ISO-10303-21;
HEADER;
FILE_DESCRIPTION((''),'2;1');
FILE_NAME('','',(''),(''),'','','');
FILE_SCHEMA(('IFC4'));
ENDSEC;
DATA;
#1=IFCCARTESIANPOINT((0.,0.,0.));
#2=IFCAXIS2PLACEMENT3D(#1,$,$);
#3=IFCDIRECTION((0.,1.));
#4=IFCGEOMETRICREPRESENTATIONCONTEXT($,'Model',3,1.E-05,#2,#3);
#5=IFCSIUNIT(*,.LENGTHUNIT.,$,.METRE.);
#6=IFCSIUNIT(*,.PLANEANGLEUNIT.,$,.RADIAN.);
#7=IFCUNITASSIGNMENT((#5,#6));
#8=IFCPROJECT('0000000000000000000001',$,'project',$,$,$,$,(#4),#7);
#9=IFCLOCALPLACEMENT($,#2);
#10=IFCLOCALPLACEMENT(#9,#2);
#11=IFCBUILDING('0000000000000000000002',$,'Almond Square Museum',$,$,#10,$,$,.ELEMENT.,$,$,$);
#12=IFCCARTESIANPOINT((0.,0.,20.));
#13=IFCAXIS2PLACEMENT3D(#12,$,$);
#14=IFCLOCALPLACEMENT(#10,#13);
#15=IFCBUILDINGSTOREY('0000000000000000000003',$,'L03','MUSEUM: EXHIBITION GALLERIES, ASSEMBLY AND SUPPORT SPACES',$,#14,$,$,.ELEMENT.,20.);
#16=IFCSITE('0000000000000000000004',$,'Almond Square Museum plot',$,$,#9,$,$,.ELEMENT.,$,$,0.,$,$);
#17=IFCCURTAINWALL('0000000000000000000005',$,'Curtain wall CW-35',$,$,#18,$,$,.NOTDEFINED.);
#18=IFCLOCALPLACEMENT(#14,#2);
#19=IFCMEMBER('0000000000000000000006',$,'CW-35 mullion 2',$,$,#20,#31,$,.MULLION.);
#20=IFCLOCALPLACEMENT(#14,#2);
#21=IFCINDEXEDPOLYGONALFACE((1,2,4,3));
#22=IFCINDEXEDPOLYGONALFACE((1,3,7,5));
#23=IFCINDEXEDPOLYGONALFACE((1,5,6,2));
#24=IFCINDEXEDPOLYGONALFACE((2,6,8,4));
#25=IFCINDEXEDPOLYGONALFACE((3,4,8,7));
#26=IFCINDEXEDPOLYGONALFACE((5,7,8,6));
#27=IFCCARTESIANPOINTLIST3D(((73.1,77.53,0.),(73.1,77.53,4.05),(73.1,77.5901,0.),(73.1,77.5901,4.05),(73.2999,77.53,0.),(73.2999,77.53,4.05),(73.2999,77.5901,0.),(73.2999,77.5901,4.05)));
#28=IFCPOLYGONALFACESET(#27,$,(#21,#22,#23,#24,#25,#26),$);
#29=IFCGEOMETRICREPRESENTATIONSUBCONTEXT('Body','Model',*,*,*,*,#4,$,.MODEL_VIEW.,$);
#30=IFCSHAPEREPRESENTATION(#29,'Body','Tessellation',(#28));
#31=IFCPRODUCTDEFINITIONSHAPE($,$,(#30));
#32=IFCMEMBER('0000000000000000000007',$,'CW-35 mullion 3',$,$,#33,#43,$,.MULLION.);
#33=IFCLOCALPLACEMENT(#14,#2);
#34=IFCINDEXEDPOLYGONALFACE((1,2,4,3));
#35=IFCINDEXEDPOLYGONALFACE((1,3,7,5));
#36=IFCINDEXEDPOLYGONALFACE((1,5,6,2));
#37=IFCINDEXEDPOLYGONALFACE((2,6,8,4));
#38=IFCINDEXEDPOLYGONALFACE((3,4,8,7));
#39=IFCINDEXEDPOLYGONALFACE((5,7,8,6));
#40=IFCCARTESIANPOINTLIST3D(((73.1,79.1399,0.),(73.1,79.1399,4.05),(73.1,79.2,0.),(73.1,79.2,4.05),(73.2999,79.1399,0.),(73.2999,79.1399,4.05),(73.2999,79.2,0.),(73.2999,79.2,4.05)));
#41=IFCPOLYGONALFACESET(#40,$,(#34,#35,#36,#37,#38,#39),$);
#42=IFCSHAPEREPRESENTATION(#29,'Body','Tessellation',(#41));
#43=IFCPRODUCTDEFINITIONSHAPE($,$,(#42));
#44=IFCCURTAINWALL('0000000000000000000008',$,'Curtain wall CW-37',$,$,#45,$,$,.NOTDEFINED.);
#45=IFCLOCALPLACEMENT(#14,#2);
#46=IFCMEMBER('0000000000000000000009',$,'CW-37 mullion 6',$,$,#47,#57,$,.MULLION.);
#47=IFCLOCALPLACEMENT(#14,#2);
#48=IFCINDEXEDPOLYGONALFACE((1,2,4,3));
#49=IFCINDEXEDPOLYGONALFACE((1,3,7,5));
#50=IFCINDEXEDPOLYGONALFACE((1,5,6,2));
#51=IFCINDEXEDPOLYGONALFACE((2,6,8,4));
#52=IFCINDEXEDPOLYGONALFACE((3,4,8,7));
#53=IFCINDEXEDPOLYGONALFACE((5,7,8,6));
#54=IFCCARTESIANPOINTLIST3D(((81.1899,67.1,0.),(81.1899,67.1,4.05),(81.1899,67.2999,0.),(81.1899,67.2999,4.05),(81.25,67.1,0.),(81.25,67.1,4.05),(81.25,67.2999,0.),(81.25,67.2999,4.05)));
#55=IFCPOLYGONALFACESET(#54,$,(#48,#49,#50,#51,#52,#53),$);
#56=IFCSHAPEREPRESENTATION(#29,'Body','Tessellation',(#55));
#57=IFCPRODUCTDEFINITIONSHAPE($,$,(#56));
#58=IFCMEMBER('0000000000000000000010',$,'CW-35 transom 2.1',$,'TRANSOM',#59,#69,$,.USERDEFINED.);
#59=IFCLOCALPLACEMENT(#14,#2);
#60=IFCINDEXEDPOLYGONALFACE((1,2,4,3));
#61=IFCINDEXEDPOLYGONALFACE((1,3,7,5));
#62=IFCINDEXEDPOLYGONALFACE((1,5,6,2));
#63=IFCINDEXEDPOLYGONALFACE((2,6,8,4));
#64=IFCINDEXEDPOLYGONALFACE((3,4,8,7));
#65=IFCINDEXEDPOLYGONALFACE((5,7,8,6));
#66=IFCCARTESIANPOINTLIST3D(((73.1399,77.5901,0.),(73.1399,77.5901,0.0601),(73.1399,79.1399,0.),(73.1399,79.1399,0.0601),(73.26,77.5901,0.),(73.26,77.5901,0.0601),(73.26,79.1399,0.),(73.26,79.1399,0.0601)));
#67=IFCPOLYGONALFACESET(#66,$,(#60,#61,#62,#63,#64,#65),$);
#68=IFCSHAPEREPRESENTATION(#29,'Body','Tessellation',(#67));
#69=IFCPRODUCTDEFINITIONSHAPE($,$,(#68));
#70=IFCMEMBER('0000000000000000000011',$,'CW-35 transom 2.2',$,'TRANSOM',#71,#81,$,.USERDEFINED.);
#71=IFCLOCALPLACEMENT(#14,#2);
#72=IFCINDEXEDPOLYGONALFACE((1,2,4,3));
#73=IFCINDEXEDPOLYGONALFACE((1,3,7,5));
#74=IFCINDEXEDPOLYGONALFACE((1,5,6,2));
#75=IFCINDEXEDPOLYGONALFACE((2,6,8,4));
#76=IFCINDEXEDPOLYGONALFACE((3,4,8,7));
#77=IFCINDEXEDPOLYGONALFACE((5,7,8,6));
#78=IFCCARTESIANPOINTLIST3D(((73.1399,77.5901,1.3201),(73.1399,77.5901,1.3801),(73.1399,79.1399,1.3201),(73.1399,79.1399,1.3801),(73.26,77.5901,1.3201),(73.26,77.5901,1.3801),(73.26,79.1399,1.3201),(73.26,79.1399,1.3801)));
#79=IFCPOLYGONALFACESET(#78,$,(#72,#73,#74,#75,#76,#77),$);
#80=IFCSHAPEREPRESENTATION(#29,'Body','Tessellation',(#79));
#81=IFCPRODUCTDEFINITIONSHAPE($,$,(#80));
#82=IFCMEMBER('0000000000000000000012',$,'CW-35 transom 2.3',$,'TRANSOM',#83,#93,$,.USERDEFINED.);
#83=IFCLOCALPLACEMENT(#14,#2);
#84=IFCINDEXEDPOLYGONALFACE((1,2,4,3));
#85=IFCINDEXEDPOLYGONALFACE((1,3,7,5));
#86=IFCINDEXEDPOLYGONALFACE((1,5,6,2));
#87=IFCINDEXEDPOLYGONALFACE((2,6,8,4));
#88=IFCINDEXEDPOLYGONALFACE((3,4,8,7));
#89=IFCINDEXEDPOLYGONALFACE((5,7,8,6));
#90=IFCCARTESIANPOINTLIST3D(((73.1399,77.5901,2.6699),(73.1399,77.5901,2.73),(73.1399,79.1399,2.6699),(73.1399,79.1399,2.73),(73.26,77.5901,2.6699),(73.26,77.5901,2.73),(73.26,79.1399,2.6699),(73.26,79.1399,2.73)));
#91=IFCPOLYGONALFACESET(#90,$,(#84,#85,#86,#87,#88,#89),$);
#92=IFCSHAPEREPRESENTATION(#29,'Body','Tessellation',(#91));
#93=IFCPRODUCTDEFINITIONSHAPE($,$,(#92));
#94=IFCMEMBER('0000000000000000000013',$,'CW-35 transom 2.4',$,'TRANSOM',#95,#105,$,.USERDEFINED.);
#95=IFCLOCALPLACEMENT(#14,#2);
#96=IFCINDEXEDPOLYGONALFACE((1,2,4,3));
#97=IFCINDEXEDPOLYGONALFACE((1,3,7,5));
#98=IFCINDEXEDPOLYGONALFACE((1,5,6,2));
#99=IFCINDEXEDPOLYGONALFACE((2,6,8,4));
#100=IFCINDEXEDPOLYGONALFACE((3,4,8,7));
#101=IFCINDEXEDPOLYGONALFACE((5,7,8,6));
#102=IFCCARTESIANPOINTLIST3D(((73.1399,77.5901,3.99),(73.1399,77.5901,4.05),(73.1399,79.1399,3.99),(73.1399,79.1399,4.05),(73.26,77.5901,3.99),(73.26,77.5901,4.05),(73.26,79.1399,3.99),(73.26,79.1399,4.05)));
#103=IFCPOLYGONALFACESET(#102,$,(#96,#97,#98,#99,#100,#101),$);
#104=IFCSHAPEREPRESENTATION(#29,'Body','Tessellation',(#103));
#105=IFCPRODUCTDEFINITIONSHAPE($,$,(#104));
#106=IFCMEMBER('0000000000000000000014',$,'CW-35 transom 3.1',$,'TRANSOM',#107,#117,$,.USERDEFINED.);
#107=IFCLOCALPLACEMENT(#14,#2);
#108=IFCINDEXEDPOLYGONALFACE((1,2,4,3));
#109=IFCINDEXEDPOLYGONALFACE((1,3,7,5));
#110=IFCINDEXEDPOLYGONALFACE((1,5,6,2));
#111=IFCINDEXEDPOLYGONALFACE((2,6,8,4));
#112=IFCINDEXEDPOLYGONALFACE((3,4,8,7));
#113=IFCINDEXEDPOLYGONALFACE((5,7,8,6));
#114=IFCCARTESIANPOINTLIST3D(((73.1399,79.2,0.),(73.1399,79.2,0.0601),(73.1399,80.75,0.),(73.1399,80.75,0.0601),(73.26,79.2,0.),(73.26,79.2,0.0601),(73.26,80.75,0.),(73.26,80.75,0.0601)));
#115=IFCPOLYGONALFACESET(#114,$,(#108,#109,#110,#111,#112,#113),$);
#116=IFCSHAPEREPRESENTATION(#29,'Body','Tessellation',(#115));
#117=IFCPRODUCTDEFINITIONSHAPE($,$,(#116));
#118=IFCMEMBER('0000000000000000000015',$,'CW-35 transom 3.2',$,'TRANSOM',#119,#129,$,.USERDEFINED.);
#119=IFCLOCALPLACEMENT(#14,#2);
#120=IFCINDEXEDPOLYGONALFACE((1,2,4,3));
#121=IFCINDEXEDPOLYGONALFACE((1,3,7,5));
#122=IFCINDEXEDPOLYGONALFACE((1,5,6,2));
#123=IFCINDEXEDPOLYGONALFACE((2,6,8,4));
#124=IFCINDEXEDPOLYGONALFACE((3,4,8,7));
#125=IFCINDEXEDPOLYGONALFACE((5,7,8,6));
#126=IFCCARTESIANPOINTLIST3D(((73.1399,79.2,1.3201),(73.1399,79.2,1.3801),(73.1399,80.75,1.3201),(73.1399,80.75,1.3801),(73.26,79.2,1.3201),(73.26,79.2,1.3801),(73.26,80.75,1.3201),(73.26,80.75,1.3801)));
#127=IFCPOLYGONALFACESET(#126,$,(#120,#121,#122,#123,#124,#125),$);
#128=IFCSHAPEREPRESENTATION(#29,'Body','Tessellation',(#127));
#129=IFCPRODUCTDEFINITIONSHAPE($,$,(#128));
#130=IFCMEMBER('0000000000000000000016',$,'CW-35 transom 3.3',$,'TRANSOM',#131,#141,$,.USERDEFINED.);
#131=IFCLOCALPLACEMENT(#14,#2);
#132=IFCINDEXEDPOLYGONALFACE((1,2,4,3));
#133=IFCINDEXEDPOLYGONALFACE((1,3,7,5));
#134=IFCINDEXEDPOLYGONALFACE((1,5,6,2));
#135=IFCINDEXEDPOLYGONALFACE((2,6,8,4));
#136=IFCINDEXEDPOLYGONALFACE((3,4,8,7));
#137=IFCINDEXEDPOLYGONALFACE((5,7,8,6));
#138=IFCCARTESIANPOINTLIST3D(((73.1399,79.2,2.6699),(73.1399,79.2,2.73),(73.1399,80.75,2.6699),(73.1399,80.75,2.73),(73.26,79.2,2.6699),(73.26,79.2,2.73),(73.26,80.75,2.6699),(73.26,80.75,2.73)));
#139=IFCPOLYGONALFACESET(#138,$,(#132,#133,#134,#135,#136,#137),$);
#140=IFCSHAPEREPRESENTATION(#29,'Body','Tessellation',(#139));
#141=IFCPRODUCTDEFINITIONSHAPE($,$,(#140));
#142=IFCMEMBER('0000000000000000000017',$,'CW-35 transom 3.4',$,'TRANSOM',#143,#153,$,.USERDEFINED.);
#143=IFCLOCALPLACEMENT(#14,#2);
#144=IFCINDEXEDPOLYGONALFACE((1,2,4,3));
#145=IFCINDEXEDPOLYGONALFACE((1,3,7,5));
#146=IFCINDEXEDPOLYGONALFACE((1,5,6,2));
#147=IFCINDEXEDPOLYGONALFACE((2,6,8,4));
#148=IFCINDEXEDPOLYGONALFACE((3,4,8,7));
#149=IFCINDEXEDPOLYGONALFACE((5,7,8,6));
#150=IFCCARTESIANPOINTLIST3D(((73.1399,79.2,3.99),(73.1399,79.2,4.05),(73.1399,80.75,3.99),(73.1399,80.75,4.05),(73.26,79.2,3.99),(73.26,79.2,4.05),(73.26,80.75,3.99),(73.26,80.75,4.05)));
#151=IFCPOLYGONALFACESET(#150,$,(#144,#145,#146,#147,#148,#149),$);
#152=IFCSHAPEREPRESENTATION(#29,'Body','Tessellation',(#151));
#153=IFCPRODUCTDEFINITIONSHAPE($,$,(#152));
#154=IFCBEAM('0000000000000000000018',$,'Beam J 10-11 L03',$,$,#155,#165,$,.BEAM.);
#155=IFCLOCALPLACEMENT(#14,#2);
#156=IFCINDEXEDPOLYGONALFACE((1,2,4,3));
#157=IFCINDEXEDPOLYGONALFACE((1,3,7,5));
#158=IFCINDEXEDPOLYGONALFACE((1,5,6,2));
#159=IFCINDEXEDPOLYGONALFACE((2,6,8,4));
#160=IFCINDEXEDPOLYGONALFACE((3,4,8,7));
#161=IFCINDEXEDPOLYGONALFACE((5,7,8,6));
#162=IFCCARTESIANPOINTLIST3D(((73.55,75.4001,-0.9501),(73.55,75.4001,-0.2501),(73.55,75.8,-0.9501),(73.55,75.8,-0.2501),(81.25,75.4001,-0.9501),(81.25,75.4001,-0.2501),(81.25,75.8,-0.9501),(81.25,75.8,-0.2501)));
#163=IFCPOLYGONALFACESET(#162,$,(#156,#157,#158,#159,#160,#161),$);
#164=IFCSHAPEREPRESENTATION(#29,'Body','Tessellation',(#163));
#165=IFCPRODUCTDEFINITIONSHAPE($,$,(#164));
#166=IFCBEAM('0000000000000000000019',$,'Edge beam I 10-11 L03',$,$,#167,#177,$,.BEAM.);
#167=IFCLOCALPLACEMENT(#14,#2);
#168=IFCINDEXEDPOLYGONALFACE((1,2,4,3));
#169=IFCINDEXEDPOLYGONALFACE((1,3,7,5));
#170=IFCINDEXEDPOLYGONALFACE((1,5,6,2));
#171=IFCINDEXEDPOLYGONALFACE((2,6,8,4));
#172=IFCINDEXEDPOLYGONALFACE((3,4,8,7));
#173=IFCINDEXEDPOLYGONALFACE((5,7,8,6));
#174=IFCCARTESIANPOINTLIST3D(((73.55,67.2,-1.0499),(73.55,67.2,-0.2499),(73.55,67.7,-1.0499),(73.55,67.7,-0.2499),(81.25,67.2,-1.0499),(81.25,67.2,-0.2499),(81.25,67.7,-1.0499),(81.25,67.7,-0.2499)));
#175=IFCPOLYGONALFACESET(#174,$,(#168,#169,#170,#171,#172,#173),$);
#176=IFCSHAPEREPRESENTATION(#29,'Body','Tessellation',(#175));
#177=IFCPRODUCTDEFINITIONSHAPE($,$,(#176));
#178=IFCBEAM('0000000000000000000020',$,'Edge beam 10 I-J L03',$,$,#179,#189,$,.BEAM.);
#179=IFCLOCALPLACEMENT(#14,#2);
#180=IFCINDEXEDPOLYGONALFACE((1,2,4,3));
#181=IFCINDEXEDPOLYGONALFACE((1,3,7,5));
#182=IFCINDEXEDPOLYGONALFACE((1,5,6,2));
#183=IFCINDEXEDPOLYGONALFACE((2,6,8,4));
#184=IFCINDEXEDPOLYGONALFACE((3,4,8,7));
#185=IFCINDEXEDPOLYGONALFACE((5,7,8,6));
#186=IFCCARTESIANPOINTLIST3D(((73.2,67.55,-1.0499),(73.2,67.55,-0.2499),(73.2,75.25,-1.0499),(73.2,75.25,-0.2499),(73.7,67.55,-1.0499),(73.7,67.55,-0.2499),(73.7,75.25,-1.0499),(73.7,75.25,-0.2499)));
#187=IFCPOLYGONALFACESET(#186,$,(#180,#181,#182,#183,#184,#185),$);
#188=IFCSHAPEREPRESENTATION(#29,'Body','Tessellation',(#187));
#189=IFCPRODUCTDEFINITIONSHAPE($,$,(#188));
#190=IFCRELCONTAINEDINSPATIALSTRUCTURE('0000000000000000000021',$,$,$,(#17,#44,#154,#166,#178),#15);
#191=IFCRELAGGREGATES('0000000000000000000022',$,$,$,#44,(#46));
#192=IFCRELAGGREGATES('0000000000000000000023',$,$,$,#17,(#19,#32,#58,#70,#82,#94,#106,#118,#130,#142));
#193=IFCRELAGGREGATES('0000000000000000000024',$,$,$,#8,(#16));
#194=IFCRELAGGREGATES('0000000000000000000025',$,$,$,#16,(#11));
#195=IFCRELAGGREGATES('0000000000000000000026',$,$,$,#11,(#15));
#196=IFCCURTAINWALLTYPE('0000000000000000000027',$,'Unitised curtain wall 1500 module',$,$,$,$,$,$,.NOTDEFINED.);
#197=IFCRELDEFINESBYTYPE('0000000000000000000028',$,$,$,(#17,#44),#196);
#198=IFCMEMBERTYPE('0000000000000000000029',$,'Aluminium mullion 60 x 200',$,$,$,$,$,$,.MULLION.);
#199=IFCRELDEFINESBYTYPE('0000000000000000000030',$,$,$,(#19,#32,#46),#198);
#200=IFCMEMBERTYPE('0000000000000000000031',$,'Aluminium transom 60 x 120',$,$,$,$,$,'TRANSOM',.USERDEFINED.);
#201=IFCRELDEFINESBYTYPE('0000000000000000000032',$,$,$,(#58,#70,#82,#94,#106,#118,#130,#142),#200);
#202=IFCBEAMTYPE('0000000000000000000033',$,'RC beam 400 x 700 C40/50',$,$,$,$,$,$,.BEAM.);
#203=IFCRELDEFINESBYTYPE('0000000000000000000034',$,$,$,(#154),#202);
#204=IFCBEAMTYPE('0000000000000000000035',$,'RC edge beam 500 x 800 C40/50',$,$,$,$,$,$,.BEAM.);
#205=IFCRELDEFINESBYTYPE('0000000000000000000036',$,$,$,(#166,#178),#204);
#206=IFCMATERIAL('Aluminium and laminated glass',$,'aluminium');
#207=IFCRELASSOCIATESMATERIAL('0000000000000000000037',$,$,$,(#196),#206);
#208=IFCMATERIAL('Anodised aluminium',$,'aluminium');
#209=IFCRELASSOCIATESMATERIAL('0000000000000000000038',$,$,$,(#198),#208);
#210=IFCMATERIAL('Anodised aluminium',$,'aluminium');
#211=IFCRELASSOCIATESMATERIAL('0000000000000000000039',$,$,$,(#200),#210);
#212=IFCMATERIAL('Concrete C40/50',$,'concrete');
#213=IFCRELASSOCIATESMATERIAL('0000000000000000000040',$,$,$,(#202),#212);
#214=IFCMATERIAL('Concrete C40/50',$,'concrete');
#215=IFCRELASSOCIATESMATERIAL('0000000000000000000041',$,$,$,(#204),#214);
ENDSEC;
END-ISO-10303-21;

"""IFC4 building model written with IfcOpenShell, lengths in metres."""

from ifc_helpers import new_model, si_unit, direction, frame, origin, origin_2d, place, context, subcontext, project, spatial, rectangle, extrude, material, material_profile, profile_set, type_object, element, aggregate, save


model = new_model("IFC4")

# Units and contexts
model_context = context("Model", 3, precision=1e-05, world=origin(), true_north=direction((0.0, 1.0)))
body_context = subcontext(model_context, "Body", "Model", "MODEL_VIEW")
ifc_project = project(units=[si_unit("LENGTHUNIT", "METRE"), si_unit("PLANEANGLEUNIT", "RADIAN")], contexts=[model_context])

# Site, building, storey
site_placement = place(None, origin())
site = spatial("IfcSite", under=ifc_project, at=site_placement, Name="Almond Square Museum plot", CompositionType="ELEMENT", RefElevation=0.0)
building_placement = place(site_placement, origin())
building = spatial("IfcBuilding", under=site, at=building_placement, Name="Almond Square Museum", CompositionType="ELEMENT")
storey_placement = place(building_placement, frame((0.0, 0.0, 20.0)))
storey = spatial("IfcBuildingStorey", under=building, at=storey_placement, Name="L03", Description="MUSEUM: EXHIBITION GALLERIES, ASSEMBLY AND SUPPORT SPACES", CompositionType="ELEMENT", Elevation=20.0)

# Curtain wall, members
ifc_material_1 = material(Name="Aluminium and laminated glass", Category="aluminium")
curtain_wall_type = type_object("IfcCurtainWallType", Name="Unitised curtain wall 1500 module", PredefinedType="NOTDEFINED", material=ifc_material_1)
curtain_wall_1_placement = place(storey_placement, origin())
curtain_wall_1 = element("IfcCurtainWall", 1, at=curtain_wall_1_placement, inside=storey, type_object=curtain_wall_type, Name="Curtain wall CW-35", PredefinedType="NOTDEFINED")
ifc_material_2 = material(Name="Anodised aluminium", Category="aluminium")
ifc_material_profile_1 = material_profile(ifc_material_2, rectangle(XDim=0.2, YDim=0.0601, at=origin_2d()))
ifc_profile_set_1 = profile_set([ifc_material_profile_1], Name="Anodised aluminium")
member_type_1 = type_object("IfcMemberType", Name="Aluminium mullion 60 x 200", PredefinedType="MULLION", material=ifc_profile_set_1)
member_1_placement = place(storey_placement, frame((73.2, 77.5601, 0.0), z_axis=(0.0, 0.0, 1.0), x_axis=(-1.0, 0.0, 0.0)))
member_1 = element("IfcMember", 2, at=member_1_placement, type_object=member_type_1, Name="CW-35 mullion 2", PredefinedType="MULLION", context=body_context, shape_type="SweptSolid", body=[
    extrude(rectangle(XDim=0.2, YDim=0.0601, at=origin_2d()), origin(), (0.0, 0.0, 1.0), 4.05),
])
member_2_placement = place(storey_placement, frame((73.2, 79.1699, 0.0), z_axis=(0.0, 0.0, 1.0), x_axis=(-1.0, 0.0, 0.0)))
member_2 = element("IfcMember", 3, at=member_2_placement, type_object=member_type_1, Name="CW-35 mullion 3", PredefinedType="MULLION", context=body_context, shape_type="SweptSolid", body=[
    extrude(rectangle(XDim=0.2, YDim=0.0601, at=origin_2d()), origin(), (0.0, 0.0, 1.0), 4.05),
])

# Curtain wall, member
curtain_wall_2_placement = place(storey_placement, origin())
curtain_wall_2 = element("IfcCurtainWall", 4, at=curtain_wall_2_placement, inside=storey, type_object=curtain_wall_type, Name="Curtain wall CW-37", PredefinedType="NOTDEFINED")
member_3_placement = place(storey_placement, frame((81.22, 67.2, 0.0), z_axis=(0.0, 0.0, 1.0), x_axis=(0.0, 1.0, 0.0)))
member_3 = element("IfcMember", 5, at=member_3_placement, type_object=member_type_1, Name="CW-37 mullion 6", PredefinedType="MULLION", context=body_context, shape_type="SweptSolid", body=[
    extrude(rectangle(XDim=0.2, YDim=0.0601, at=origin_2d()), origin(), (0.0, 0.0, 1.0), 4.05),
])
aggregate(curtain_wall_2, [member_3])

# Members
ifc_material_3 = material(Name="Anodised aluminium", Category="aluminium")
ifc_material_profile_2 = material_profile(ifc_material_3, rectangle(XDim=0.1201, YDim=0.0601, at=origin_2d()))
ifc_profile_set_2 = profile_set([ifc_material_profile_2], Name="Anodised aluminium")
member_type_2 = type_object("IfcMemberType", Name="Aluminium transom 60 x 120", ElementType="TRANSOM", PredefinedType="USERDEFINED", material=ifc_profile_set_2)
member_4_placement = place(storey_placement, frame((73.2, 77.5901, 0.03), z_axis=(0.0, 1.0, 0.0), x_axis=(-1.0, 0.0, 0.0)))
member_4 = element("IfcMember", 6, at=member_4_placement, type_object=member_type_2, Name="CW-35 transom 2.1", ObjectType="TRANSOM", PredefinedType="USERDEFINED", context=body_context, shape_type="SweptSolid", body=[
    extrude(rectangle(XDim=0.1201, YDim=0.0601, at=origin_2d()), origin(), (0.0, 0.0, 1.0), 1.5498),
])
member_5_placement = place(storey_placement, frame((73.2, 77.5901, 1.3501), z_axis=(0.0, 1.0, 0.0), x_axis=(-1.0, 0.0, 0.0)))
member_5 = element("IfcMember", 7, at=member_5_placement, type_object=member_type_2, Name="CW-35 transom 2.2", ObjectType="TRANSOM", PredefinedType="USERDEFINED", context=body_context, shape_type="SweptSolid", body=[
    extrude(rectangle(XDim=0.1201, YDim=0.0601, at=origin_2d()), origin(), (0.0, 0.0, 1.0), 1.5498),
])
member_6_placement = place(storey_placement, frame((73.2, 77.5901, 2.7), z_axis=(0.0, 1.0, 0.0), x_axis=(-1.0, 0.0, 0.0)))
member_6 = element("IfcMember", 8, at=member_6_placement, type_object=member_type_2, Name="CW-35 transom 2.3", ObjectType="TRANSOM", PredefinedType="USERDEFINED", context=body_context, shape_type="SweptSolid", body=[
    extrude(rectangle(XDim=0.1201, YDim=0.0601, at=origin_2d()), origin(), (0.0, 0.0, 1.0), 1.5498),
])
member_7_placement = place(storey_placement, frame((73.2, 77.5901, 4.02), z_axis=(0.0, 1.0, 0.0), x_axis=(-1.0, 0.0, 0.0)))
member_7 = element("IfcMember", 9, at=member_7_placement, type_object=member_type_2, Name="CW-35 transom 2.4", ObjectType="TRANSOM", PredefinedType="USERDEFINED", context=body_context, shape_type="SweptSolid", body=[
    extrude(rectangle(XDim=0.1201, YDim=0.0601, at=origin_2d()), origin(), (0.0, 0.0, 1.0), 1.5498),
])
member_8_placement = place(storey_placement, frame((73.2, 79.2, 0.03), z_axis=(0.0, 1.0, 0.0), x_axis=(-1.0, 0.0, 0.0)))
member_8 = element("IfcMember", 10, at=member_8_placement, type_object=member_type_2, Name="CW-35 transom 3.1", ObjectType="TRANSOM", PredefinedType="USERDEFINED", context=body_context, shape_type="SweptSolid", body=[
    extrude(rectangle(XDim=0.1201, YDim=0.0601, at=origin_2d()), origin(), (0.0, 0.0, 1.0), 1.55),
])
member_9_placement = place(storey_placement, frame((73.2, 79.2, 1.3501), z_axis=(0.0, 1.0, 0.0), x_axis=(-1.0, 0.0, 0.0)))
member_9 = element("IfcMember", 11, at=member_9_placement, type_object=member_type_2, Name="CW-35 transom 3.2", ObjectType="TRANSOM", PredefinedType="USERDEFINED", context=body_context, shape_type="SweptSolid", body=[
    extrude(rectangle(XDim=0.1201, YDim=0.0601, at=origin_2d()), origin(), (0.0, 0.0, 1.0), 1.55),
])
member_10_placement = place(storey_placement, frame((73.2, 79.2, 2.7), z_axis=(0.0, 1.0, 0.0), x_axis=(-1.0, 0.0, 0.0)))
member_10 = element("IfcMember", 12, at=member_10_placement, type_object=member_type_2, Name="CW-35 transom 3.3", ObjectType="TRANSOM", PredefinedType="USERDEFINED", context=body_context, shape_type="SweptSolid", body=[
    extrude(rectangle(XDim=0.1201, YDim=0.0601, at=origin_2d()), origin(), (0.0, 0.0, 1.0), 1.55),
])
member_11_placement = place(storey_placement, frame((73.2, 79.2, 4.02), z_axis=(0.0, 1.0, 0.0), x_axis=(-1.0, 0.0, 0.0)))
member_11 = element("IfcMember", 13, at=member_11_placement, type_object=member_type_2, Name="CW-35 transom 3.4", ObjectType="TRANSOM", PredefinedType="USERDEFINED", context=body_context, shape_type="SweptSolid", body=[
    extrude(rectangle(XDim=0.1201, YDim=0.0601, at=origin_2d()), origin(), (0.0, 0.0, 1.0), 1.55),
])

# Beams
ifc_material_4 = material(Name="Concrete C40/50", Category="concrete")
ifc_material_profile_3 = material_profile(ifc_material_4, rectangle(XDim=0.3999, YDim=0.7, at=origin_2d()))
ifc_profile_set_3 = profile_set([ifc_material_profile_3], Name="Concrete C40/50")
beam_type_1 = type_object("IfcBeamType", Name="RC beam 400 x 700 C40/50", PredefinedType="BEAM", material=ifc_profile_set_3)
beam_1_placement = place(storey_placement, frame((73.55, 75.6001, -0.6001), z_axis=(1.0, 0.0, 0.0), x_axis=(0.0, 1.0, 0.0)))
element("IfcBeam", 14, at=beam_1_placement, inside=storey, type_object=beam_type_1, Name="Beam J 10-11 L03", PredefinedType="BEAM", context=body_context, shape_type="SweptSolid", body=[
    extrude(rectangle(XDim=0.3999, YDim=0.7, at=origin_2d()), origin(), (0.0, 0.0, 1.0), 7.7),
])
ifc_material_5 = material(Name="Concrete C40/50", Category="concrete")
ifc_material_profile_4 = material_profile(ifc_material_5, rectangle(XDim=0.5, YDim=0.8, at=origin_2d()))
ifc_profile_set_4 = profile_set([ifc_material_profile_4], Name="Concrete C40/50")
beam_type_2 = type_object("IfcBeamType", Name="RC edge beam 500 x 800 C40/50", PredefinedType="BEAM", material=ifc_profile_set_4)
for number, where, z_axis, x_axis, name in (
    (15, (73.55, 67.45, -0.6499), (1.0, 0.0, 0.0), (0.0, 1.0, 0.0), "Edge beam I 10-11 L03"),
    (16, (73.45, 67.55, -0.6499), (0.0, 1.0, 0.0), (-1.0, 0.0, 0.0), "Edge beam 10 I-J L03"),
):
    element("IfcBeam", number, at=place(storey_placement, frame(where, z_axis=z_axis, x_axis=x_axis)), inside=storey, type_object=beam_type_2, Name=name, PredefinedType="BEAM", context=body_context, shape_type="SweptSolid", body=[
        extrude(rectangle(XDim=0.5, YDim=0.8, at=origin_2d()), origin(), (0.0, 0.0, 1.0), 7.7),
    ])

aggregate(curtain_wall_1, [member_1, member_2, member_4, member_5, member_6, member_7, member_8, member_9, member_10, member_11])

save(model, "model.ifc")
